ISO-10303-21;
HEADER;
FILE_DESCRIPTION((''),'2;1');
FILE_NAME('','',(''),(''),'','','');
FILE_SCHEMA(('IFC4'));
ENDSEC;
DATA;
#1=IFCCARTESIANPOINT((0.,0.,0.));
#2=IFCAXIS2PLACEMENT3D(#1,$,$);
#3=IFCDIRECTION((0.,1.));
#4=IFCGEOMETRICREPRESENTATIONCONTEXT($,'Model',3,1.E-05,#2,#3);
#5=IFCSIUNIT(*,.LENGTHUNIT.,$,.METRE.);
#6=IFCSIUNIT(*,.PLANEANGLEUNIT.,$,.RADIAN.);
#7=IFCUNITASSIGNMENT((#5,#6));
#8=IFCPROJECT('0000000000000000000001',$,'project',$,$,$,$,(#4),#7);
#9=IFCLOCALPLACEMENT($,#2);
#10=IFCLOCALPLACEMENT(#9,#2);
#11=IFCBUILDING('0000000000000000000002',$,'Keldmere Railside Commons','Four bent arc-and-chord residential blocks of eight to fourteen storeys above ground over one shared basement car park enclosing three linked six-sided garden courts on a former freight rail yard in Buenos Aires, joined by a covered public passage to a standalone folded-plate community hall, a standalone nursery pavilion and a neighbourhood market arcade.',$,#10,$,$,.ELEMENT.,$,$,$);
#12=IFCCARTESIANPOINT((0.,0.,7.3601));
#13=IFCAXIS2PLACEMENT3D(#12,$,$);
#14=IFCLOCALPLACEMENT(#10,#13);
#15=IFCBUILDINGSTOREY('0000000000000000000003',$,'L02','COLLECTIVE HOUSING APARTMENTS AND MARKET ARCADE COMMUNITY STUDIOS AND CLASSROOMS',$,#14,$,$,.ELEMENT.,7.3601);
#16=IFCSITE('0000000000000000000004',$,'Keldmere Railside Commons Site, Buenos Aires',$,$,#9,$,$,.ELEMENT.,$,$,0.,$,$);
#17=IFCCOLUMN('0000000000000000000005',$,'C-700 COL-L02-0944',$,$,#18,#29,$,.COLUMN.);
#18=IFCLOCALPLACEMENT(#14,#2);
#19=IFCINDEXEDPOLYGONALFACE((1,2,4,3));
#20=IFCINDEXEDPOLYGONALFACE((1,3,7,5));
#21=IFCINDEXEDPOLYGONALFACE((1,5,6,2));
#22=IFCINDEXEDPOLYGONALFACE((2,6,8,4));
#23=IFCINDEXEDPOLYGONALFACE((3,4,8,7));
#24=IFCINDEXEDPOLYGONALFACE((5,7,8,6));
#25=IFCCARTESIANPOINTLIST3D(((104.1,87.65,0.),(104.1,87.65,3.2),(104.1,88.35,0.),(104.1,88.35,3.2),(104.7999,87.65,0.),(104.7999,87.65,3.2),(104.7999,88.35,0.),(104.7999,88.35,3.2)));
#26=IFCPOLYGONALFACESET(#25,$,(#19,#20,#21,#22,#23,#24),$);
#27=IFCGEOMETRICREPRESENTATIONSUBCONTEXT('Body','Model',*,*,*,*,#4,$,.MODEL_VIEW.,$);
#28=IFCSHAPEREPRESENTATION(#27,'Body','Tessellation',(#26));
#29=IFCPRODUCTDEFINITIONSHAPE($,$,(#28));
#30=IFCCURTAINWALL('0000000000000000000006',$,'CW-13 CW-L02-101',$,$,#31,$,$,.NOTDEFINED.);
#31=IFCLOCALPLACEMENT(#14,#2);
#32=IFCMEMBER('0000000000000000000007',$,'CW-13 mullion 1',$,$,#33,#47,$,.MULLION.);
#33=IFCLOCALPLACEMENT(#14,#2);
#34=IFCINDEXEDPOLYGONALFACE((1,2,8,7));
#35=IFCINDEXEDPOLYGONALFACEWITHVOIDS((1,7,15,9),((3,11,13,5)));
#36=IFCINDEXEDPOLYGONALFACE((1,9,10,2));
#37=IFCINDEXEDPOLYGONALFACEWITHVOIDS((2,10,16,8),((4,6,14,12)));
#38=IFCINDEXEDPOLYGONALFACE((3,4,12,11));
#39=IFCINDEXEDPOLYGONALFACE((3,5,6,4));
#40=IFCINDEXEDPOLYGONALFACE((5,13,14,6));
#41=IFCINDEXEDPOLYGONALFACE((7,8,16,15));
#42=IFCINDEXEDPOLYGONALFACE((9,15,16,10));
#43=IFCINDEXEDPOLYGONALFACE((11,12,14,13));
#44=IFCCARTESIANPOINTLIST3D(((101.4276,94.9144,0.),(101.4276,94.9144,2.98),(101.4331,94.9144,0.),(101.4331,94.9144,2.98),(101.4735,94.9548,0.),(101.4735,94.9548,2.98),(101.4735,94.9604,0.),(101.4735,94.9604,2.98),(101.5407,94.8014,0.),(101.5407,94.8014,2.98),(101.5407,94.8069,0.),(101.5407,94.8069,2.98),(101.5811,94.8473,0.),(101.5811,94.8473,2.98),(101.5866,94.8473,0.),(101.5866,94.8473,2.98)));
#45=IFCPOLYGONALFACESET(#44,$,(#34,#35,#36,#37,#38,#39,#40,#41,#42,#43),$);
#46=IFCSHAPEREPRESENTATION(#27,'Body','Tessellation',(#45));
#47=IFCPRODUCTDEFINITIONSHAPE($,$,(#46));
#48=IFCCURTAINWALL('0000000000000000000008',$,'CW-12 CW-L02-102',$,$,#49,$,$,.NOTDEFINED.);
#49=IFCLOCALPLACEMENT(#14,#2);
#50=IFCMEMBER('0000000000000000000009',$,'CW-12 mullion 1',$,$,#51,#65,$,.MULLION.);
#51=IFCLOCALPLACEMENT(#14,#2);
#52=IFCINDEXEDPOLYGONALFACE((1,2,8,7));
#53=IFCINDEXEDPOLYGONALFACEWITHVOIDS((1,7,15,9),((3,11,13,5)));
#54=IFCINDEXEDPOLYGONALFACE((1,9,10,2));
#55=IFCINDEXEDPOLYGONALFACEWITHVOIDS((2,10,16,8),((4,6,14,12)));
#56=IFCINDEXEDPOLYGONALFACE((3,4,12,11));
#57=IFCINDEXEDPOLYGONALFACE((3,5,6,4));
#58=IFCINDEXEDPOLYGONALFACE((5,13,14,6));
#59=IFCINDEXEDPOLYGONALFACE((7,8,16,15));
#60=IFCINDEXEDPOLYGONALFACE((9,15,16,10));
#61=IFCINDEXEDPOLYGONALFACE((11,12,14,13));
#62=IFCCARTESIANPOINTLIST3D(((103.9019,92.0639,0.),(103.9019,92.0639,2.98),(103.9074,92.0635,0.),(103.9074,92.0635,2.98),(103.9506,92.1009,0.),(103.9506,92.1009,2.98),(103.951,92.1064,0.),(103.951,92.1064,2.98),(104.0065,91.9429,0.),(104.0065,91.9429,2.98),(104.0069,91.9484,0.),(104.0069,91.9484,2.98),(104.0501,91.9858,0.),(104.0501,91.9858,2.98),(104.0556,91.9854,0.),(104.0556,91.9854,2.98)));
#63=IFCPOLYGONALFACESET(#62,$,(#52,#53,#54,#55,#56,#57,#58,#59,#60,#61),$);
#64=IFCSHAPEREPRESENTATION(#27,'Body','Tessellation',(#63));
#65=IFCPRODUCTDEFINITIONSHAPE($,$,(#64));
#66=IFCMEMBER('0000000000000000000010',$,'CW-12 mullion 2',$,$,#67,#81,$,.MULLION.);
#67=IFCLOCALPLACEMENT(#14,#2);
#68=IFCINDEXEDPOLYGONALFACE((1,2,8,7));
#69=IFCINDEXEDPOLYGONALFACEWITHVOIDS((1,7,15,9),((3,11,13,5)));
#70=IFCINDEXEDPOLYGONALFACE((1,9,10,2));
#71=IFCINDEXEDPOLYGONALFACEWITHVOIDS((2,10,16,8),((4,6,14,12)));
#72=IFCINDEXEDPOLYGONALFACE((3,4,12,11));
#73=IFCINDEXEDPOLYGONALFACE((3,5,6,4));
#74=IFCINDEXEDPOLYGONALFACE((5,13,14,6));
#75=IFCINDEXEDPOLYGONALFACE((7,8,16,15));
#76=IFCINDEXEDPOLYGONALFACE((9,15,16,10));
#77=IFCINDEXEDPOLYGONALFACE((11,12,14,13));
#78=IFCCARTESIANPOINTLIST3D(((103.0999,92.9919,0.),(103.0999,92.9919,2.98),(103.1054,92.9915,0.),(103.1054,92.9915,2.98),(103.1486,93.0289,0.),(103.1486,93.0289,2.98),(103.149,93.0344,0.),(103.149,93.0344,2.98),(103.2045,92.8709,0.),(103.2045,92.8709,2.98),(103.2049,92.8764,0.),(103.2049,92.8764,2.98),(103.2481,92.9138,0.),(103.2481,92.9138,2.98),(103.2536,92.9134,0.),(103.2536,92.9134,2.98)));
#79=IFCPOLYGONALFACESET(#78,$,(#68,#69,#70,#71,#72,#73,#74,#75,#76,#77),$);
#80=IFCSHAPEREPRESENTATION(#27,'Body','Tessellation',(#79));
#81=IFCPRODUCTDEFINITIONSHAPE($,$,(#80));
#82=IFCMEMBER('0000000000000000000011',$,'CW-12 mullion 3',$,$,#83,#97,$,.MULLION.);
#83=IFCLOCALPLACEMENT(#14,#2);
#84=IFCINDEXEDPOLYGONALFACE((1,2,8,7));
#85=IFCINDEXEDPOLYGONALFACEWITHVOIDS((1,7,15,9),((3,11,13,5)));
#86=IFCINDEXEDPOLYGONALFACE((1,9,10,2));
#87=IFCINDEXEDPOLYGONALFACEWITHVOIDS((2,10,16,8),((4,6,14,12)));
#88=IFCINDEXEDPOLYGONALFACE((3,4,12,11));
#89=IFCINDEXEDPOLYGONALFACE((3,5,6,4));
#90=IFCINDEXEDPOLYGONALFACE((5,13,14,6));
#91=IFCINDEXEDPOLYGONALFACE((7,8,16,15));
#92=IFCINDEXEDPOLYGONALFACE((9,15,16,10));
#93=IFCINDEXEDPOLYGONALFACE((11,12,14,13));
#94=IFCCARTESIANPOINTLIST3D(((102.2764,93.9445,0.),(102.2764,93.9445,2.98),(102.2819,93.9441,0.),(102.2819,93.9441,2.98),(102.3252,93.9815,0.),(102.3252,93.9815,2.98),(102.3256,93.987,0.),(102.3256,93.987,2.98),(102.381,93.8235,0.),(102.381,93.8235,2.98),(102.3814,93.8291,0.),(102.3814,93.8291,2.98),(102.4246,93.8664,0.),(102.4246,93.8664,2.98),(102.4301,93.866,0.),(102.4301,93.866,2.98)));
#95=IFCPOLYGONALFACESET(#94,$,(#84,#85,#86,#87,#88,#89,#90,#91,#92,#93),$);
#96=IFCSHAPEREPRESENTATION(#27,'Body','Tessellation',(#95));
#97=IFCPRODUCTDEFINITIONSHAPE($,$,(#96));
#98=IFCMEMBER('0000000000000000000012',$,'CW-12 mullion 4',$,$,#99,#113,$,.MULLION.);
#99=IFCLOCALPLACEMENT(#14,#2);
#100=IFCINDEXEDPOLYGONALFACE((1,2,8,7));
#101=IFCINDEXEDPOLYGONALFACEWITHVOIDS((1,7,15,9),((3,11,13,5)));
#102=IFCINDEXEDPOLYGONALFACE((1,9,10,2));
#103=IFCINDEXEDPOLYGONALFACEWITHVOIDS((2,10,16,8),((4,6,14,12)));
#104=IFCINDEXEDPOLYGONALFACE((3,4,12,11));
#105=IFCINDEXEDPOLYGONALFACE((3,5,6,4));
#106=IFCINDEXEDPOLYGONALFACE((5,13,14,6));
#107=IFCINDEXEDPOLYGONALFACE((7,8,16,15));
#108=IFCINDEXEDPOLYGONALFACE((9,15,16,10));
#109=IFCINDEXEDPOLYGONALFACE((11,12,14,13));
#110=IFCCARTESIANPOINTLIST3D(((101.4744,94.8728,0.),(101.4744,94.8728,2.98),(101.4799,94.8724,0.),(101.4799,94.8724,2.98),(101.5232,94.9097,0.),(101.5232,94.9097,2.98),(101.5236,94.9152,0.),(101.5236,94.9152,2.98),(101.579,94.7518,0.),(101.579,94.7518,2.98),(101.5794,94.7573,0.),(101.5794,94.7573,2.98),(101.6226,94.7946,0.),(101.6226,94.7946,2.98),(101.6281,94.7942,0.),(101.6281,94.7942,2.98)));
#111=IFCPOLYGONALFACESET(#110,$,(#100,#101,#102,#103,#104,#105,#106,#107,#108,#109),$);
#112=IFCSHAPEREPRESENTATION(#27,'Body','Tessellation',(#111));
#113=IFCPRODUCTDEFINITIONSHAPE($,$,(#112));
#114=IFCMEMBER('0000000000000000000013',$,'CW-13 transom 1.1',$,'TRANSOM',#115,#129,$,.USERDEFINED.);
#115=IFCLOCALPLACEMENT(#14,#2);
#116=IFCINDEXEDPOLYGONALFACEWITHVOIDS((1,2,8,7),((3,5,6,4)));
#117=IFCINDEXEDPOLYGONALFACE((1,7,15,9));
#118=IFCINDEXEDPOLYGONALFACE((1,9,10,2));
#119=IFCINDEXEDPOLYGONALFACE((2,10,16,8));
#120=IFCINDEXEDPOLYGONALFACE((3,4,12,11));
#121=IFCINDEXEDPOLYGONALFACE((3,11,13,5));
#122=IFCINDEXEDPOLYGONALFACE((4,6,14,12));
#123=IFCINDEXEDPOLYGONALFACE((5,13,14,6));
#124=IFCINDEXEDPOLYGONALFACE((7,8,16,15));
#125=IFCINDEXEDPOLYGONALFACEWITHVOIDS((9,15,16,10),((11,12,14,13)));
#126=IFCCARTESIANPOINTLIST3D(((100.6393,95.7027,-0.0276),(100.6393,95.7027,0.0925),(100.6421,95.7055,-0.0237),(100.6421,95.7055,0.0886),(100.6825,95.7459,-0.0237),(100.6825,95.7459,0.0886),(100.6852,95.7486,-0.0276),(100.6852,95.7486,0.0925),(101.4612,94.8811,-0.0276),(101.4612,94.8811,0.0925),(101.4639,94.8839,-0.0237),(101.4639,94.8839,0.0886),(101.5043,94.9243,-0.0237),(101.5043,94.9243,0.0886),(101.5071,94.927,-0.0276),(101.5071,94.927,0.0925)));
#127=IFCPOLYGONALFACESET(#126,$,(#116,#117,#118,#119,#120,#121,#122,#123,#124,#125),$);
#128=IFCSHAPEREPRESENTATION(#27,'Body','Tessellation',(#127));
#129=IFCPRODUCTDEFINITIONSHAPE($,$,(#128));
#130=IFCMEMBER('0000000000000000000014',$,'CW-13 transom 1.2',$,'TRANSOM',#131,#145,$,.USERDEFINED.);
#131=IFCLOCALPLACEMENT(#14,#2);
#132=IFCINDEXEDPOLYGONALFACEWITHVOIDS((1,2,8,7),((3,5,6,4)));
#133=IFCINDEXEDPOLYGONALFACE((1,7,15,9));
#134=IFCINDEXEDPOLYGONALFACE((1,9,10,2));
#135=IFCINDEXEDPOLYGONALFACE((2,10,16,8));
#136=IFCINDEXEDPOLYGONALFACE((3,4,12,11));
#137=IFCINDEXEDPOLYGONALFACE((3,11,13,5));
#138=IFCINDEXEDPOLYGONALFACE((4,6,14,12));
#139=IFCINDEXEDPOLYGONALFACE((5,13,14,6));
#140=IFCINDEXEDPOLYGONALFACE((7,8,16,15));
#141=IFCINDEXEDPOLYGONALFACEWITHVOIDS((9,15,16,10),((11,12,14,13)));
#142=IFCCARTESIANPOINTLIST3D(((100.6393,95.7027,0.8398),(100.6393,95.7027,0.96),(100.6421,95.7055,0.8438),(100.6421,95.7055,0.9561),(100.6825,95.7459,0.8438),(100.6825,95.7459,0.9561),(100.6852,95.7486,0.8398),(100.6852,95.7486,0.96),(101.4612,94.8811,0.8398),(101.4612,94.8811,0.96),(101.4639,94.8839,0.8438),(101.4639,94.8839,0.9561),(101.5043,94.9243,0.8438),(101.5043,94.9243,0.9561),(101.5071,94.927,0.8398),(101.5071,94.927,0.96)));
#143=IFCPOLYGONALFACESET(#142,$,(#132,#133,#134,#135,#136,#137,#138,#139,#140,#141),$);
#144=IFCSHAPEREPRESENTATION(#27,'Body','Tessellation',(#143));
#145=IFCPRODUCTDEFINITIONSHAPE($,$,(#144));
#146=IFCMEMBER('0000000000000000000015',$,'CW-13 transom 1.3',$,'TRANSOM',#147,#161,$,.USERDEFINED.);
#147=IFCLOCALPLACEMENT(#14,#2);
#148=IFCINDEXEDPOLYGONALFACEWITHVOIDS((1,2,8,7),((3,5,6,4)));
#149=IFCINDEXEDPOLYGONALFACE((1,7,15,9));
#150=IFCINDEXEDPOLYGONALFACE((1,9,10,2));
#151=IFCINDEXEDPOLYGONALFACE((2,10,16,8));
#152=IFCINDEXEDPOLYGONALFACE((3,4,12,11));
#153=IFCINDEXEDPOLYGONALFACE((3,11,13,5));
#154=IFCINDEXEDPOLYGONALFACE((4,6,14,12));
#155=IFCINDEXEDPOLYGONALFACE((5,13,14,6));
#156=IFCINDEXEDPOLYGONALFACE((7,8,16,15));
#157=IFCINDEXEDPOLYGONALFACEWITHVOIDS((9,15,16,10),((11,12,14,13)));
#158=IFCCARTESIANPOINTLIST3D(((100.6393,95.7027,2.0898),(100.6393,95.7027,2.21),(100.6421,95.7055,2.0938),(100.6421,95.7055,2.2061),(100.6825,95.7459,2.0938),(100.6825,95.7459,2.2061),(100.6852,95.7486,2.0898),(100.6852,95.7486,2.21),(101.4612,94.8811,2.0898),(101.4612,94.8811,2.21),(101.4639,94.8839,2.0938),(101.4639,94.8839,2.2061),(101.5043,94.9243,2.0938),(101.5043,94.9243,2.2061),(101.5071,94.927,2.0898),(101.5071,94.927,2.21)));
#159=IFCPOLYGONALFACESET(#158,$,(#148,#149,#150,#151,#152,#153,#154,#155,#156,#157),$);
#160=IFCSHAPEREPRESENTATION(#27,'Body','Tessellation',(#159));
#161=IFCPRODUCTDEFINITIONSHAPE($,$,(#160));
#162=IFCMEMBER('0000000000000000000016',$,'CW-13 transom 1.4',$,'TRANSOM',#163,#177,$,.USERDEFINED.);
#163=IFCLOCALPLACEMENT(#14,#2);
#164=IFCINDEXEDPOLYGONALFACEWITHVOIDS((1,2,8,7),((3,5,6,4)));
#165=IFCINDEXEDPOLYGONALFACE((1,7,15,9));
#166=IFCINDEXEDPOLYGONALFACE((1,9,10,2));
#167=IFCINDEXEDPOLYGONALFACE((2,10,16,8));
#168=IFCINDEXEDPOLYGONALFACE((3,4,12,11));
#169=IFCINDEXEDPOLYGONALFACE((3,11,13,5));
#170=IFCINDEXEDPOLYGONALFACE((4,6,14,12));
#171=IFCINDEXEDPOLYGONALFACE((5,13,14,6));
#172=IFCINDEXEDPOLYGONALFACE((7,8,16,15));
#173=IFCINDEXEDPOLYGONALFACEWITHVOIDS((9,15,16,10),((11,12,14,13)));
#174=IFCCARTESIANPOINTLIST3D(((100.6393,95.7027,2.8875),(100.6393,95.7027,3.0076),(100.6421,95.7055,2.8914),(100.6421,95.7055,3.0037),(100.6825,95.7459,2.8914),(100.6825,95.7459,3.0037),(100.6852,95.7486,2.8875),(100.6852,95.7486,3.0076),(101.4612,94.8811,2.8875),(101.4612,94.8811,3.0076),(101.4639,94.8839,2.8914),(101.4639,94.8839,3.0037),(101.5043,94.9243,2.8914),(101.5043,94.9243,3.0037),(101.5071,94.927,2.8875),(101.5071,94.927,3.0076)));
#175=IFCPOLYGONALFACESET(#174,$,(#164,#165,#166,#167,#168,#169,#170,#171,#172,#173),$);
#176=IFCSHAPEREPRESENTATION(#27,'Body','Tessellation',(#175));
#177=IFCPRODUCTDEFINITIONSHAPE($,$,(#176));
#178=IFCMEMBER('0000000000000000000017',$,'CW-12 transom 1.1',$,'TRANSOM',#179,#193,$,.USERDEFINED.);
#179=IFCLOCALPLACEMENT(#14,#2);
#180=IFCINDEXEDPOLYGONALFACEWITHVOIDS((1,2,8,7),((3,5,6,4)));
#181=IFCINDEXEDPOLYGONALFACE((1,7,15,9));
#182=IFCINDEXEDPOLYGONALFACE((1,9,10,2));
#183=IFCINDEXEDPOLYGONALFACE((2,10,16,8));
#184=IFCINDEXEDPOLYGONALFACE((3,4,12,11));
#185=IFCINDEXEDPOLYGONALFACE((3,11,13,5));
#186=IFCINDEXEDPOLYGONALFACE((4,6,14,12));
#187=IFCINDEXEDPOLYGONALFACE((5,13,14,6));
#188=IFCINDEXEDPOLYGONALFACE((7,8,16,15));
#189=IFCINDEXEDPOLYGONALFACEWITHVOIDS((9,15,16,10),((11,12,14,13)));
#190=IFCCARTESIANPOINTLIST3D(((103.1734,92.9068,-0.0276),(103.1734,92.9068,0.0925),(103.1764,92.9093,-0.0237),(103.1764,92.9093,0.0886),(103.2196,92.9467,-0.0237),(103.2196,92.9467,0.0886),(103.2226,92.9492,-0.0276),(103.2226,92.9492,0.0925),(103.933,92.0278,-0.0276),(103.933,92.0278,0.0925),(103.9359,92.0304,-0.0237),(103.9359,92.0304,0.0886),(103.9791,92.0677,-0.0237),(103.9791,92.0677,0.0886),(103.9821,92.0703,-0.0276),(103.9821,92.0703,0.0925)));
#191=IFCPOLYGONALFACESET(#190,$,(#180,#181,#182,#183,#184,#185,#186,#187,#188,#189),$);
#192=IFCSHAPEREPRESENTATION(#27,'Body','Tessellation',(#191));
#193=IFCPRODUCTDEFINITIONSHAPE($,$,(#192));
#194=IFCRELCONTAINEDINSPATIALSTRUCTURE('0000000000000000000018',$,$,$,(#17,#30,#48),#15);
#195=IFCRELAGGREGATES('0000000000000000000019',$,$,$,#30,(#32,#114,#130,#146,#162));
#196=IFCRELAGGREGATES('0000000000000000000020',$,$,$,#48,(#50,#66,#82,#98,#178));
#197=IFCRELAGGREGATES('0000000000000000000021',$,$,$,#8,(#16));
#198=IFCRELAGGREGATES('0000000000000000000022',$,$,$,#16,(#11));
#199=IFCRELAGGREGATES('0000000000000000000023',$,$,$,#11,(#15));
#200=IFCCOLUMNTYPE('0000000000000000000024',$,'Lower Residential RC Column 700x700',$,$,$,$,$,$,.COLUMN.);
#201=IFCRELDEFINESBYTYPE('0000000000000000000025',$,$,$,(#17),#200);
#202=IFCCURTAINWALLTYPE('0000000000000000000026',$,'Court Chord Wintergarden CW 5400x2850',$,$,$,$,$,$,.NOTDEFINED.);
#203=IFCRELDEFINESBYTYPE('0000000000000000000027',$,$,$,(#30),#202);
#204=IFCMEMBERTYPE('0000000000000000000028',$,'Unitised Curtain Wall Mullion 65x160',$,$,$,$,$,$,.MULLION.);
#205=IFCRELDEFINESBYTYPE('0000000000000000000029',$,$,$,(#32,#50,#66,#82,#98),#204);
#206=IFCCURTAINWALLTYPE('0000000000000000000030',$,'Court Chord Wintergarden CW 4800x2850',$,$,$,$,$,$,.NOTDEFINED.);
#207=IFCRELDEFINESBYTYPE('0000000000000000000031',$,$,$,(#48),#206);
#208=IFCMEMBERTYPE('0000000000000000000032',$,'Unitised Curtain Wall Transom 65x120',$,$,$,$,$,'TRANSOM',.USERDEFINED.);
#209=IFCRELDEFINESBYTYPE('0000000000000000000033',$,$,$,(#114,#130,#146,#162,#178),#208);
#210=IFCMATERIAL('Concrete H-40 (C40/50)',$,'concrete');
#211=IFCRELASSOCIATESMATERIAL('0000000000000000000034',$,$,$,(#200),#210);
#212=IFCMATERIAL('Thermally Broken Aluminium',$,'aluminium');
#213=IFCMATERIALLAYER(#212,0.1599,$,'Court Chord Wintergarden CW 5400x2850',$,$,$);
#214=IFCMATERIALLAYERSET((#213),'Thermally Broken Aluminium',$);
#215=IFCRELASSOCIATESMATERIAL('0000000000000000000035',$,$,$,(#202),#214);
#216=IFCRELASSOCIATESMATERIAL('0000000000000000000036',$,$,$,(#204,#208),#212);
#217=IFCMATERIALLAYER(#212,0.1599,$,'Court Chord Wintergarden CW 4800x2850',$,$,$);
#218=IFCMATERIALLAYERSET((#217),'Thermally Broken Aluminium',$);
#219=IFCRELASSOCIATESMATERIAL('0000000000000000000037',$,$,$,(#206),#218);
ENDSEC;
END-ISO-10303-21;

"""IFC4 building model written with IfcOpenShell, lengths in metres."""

from ifc_helpers import new_model, si_unit, direction, frame, origin, origin_2d, place, context, subcontext, project, spatial, rectangle, hollow_rectangle, extrude, material, layer, layer_set, material_profile, profile_set, type_object, element, aggregate, save


model = new_model("IFC4")

# Units and contexts
model_context = context("Model", 3, precision=1e-05, world=origin(), true_north=direction((0.0, 1.0)))
body_context = subcontext(model_context, "Body", "Model", "MODEL_VIEW")
ifc_project = project(units=[si_unit("LENGTHUNIT", "METRE"), si_unit("PLANEANGLEUNIT", "RADIAN")], contexts=[model_context])

# Site, building, storey
site_placement = place(None, origin())
site = spatial("IfcSite", under=ifc_project, at=site_placement, Name="Keldmere Railside Commons Site, Buenos Aires", CompositionType="ELEMENT", RefElevation=0.0)
building_placement = place(site_placement, origin())
building = spatial("IfcBuilding", under=site, at=building_placement, Name="Keldmere Railside Commons", Description="Four bent arc-and-chord residential blocks of eight to fourteen storeys above ground over one shared basement car park enclosing three linked six-sided garden courts on a former freight rail yard in Buenos Aires, joined by a covered public passage to a standalone folded-plate community hall, a standalone nursery pavilion and a neighbourhood market arcade.", CompositionType="ELEMENT")
storey_placement = place(building_placement, frame((0.0, 0.0, 7.3601)))
storey = spatial("IfcBuildingStorey", under=building, at=storey_placement, Name="L02", Description="COLLECTIVE HOUSING APARTMENTS AND MARKET ARCADE COMMUNITY STUDIOS AND CLASSROOMS", CompositionType="ELEMENT", Elevation=7.3601)

# Column
ifc_material_1 = material(Name="Concrete H-40 (C40/50)", Category="concrete")
ifc_material_profile_1 = material_profile(ifc_material_1, rectangle(XDim=0.7, YDim=0.7, at=origin_2d()), Name="RC-700x700")
ifc_profile_set_1 = profile_set([ifc_material_profile_1], Name="Concrete H-40 (C40/50)")
column_type = type_object("IfcColumnType", Name="Lower Residential RC Column 700x700", PredefinedType="COLUMN", material=ifc_profile_set_1)
column_placement = place(storey_placement, frame((104.45, 88.0, 0.0), z_axis=(0.0, 0.0, 1.0), x_axis=(1.0, 0.0, 0.0)))
element("IfcColumn", 1, at=column_placement, inside=storey, type_object=column_type, Name="C-700 COL-L02-0944", PredefinedType="COLUMN", context=body_context, shape_type="SweptSolid", body=[
    extrude(rectangle(XDim=0.7, YDim=0.7, at=origin_2d()), origin(), (0.0, 0.0, 1.0), 3.2),
])

# Curtain wall, member
ifc_material_2 = material(Name="Thermally Broken Aluminium", Category="aluminium")
ifc_layer_1 = layer(ifc_material_2, 0.1599, Name="Court Chord Wintergarden CW 5400x2850")
ifc_layer_set_1 = layer_set([ifc_layer_1], Name="Thermally Broken Aluminium")
curtain_wall_type_1 = type_object("IfcCurtainWallType", Name="Court Chord Wintergarden CW 5400x2850", PredefinedType="NOTDEFINED", material=ifc_layer_set_1)
curtain_wall_1_placement = place(storey_placement, origin())
curtain_wall_1 = element("IfcCurtainWall", 2, at=curtain_wall_1_placement, inside=storey, type_object=curtain_wall_type_1, Name="CW-13 CW-L02-101", PredefinedType="NOTDEFINED")
ifc_material_profile_2 = material_profile(ifc_material_2, hollow_rectangle(XDim=0.0649, YDim=0.1599, WallThickness=0.0039, at=origin_2d()), Name="ALU-MULL-65x160")
ifc_profile_set_2 = profile_set([ifc_material_profile_2], Name="Thermally Broken Aluminium")
member_type_1 = type_object("IfcMemberType", Name="Unitised Curtain Wall Mullion 65x160", PredefinedType="MULLION", material=ifc_profile_set_2)
member_1_placement = place(storey_placement, frame((101.5071, 94.8809, 0.0), z_axis=(0.0, 0.0, 1.0), x_axis=(-0.707107, -0.707107, 0.0)))
member_1 = element("IfcMember", 3, at=member_1_placement, type_object=member_type_1, Name="CW-13 mullion 1", PredefinedType="MULLION", context=body_context, shape_type="SweptSolid", body=[
    extrude(hollow_rectangle(XDim=0.0649, YDim=0.1599, WallThickness=0.0039, at=origin_2d()), origin(), (0.0, 0.0, 1.0), 2.98),
])

# Curtain wall, members
ifc_layer_2 = layer(ifc_material_2, 0.1599, Name="Court Chord Wintergarden CW 4800x2850")
ifc_layer_set_2 = layer_set([ifc_layer_2], Name="Thermally Broken Aluminium")
curtain_wall_type_2 = type_object("IfcCurtainWallType", Name="Court Chord Wintergarden CW 4800x2850", PredefinedType="NOTDEFINED", material=ifc_layer_set_2)
curtain_wall_2_placement = place(storey_placement, origin())
curtain_wall_2 = element("IfcCurtainWall", 4, at=curtain_wall_2_placement, inside=storey, type_object=curtain_wall_type_2, Name="CW-12 CW-L02-102", PredefinedType="NOTDEFINED")
member_2_placement = place(storey_placement, frame((103.9788, 92.0247, 0.0), z_axis=(0.0, 0.0, 1.0), x_axis=(-0.756597, -0.653882, 0.0)))
member_2 = element("IfcMember", 5, at=member_2_placement, type_object=member_type_1, Name="CW-12 mullion 1", PredefinedType="MULLION", context=body_context, shape_type="SweptSolid", body=[
    extrude(hollow_rectangle(XDim=0.0649, YDim=0.1599, WallThickness=0.0039, at=origin_2d()), origin(), (0.0, 0.0, 1.0), 2.98),
])
member_3_placement = place(storey_placement, frame((103.1768, 92.9526, 0.0), z_axis=(0.0, 0.0, 1.0), x_axis=(-0.756597, -0.653882, 0.0)))
member_3 = element("IfcMember", 6, at=member_3_placement, type_object=member_type_1, Name="CW-12 mullion 2", PredefinedType="MULLION", context=body_context, shape_type="SweptSolid", body=[
    extrude(hollow_rectangle(XDim=0.0649, YDim=0.1599, WallThickness=0.0039, at=origin_2d()), origin(), (0.0, 0.0, 1.0), 2.98),
])
member_4_placement = place(storey_placement, frame((102.3533, 93.9053, 0.0), z_axis=(0.0, 0.0, 1.0), x_axis=(-0.756597, -0.653882, 0.0)))
member_4 = element("IfcMember", 7, at=member_4_placement, type_object=member_type_1, Name="CW-12 mullion 3", PredefinedType="MULLION", context=body_context, shape_type="SweptSolid", body=[
    extrude(hollow_rectangle(XDim=0.0649, YDim=0.1599, WallThickness=0.0039, at=origin_2d()), origin(), (0.0, 0.0, 1.0), 2.98),
])
member_5_placement = place(storey_placement, frame((101.5513, 94.8335, 0.0), z_axis=(0.0, 0.0, 1.0), x_axis=(-0.756597, -0.653882, 0.0)))
member_5 = element("IfcMember", 8, at=member_5_placement, type_object=member_type_1, Name="CW-12 mullion 4", PredefinedType="MULLION", context=body_context, shape_type="SweptSolid", body=[
    extrude(hollow_rectangle(XDim=0.0649, YDim=0.1599, WallThickness=0.0039, at=origin_2d()), origin(), (0.0, 0.0, 1.0), 2.98),
])

# Members
ifc_material_profile_3 = material_profile(ifc_material_2, hollow_rectangle(XDim=0.0649, YDim=0.1201, WallThickness=0.0039, at=origin_2d()), Name="ALU-TRAN-65x120")
ifc_profile_set_3 = profile_set([ifc_material_profile_3], Name="Thermally Broken Aluminium")
member_type_2 = type_object("IfcMemberType", Name="Unitised Curtain Wall Transom 65x120", ElementType="TRANSOM", PredefinedType="USERDEFINED", material=ifc_profile_set_3)
member_6_placement = place(storey_placement, frame((101.4841, 94.9041, 0.0325), z_axis=(-0.707212, 0.707002, 0.0), x_axis=(-0.707002, -0.707212, 0.0)))
member_6 = element("IfcMember", 9, at=member_6_placement, type_object=member_type_2, Name="CW-13 transom 1.1", ObjectType="TRANSOM", PredefinedType="USERDEFINED", context=body_context, shape_type="SweptSolid", body=[
    extrude(hollow_rectangle(XDim=0.0649, YDim=0.1201, WallThickness=0.0039, at=origin_2d()), origin(), (0.0, 0.0, 1.0), 1.1621),
])
member_7_placement = place(storey_placement, frame((101.4841, 94.9041, 0.8999), z_axis=(-0.707212, 0.707002, 0.0), x_axis=(-0.707002, -0.707212, 0.0)))
member_7 = element("IfcMember", 10, at=member_7_placement, type_object=member_type_2, Name="CW-13 transom 1.2", ObjectType="TRANSOM", PredefinedType="USERDEFINED", context=body_context, shape_type="SweptSolid", body=[
    extrude(hollow_rectangle(XDim=0.0649, YDim=0.1201, WallThickness=0.0039, at=origin_2d()), origin(), (0.0, 0.0, 1.0), 1.1621),
])
member_8_placement = place(storey_placement, frame((101.4841, 94.9041, 2.1499), z_axis=(-0.707212, 0.707002, 0.0), x_axis=(-0.707002, -0.707212, 0.0)))
member_8 = element("IfcMember", 11, at=member_8_placement, type_object=member_type_2, Name="CW-13 transom 1.3", ObjectType="TRANSOM", PredefinedType="USERDEFINED", context=body_context, shape_type="SweptSolid", body=[
    extrude(hollow_rectangle(XDim=0.0649, YDim=0.1201, WallThickness=0.0039, at=origin_2d()), origin(), (0.0, 0.0, 1.0), 1.1621),
])
member_9_placement = place(storey_placement, frame((101.4841, 94.9041, 2.9475), z_axis=(-0.707212, 0.707002, 0.0), x_axis=(-0.707002, -0.707212, 0.0)))
member_9 = element("IfcMember", 12, at=member_9_placement, type_object=member_type_2, Name="CW-13 transom 1.4", ObjectType="TRANSOM", PredefinedType="USERDEFINED", context=body_context, shape_type="SweptSolid", body=[
    extrude(hollow_rectangle(XDim=0.0649, YDim=0.1201, WallThickness=0.0039, at=origin_2d()), origin(), (0.0, 0.0, 1.0), 1.1621),
])
aggregate(curtain_wall_1, [member_1, member_6, member_7, member_8, member_9])
member_10_placement = place(storey_placement, frame((103.9575, 92.0491, 0.0325), z_axis=(-0.65385, 0.756624, 0.0), x_axis=(-0.756624, -0.65385, 0.0)))
member_10 = element("IfcMember", 13, at=member_10_placement, type_object=member_type_2, Name="CW-12 transom 1.1", ObjectType="TRANSOM", PredefinedType="USERDEFINED", context=body_context, shape_type="SweptSolid", body=[
    extrude(hollow_rectangle(XDim=0.0649, YDim=0.1201, WallThickness=0.0039, at=origin_2d()), origin(), (0.0, 0.0, 1.0), 1.1616),
])

aggregate(curtain_wall_2, [member_2, member_3, member_4, member_5, member_10])

save(model, "model.ifc")
